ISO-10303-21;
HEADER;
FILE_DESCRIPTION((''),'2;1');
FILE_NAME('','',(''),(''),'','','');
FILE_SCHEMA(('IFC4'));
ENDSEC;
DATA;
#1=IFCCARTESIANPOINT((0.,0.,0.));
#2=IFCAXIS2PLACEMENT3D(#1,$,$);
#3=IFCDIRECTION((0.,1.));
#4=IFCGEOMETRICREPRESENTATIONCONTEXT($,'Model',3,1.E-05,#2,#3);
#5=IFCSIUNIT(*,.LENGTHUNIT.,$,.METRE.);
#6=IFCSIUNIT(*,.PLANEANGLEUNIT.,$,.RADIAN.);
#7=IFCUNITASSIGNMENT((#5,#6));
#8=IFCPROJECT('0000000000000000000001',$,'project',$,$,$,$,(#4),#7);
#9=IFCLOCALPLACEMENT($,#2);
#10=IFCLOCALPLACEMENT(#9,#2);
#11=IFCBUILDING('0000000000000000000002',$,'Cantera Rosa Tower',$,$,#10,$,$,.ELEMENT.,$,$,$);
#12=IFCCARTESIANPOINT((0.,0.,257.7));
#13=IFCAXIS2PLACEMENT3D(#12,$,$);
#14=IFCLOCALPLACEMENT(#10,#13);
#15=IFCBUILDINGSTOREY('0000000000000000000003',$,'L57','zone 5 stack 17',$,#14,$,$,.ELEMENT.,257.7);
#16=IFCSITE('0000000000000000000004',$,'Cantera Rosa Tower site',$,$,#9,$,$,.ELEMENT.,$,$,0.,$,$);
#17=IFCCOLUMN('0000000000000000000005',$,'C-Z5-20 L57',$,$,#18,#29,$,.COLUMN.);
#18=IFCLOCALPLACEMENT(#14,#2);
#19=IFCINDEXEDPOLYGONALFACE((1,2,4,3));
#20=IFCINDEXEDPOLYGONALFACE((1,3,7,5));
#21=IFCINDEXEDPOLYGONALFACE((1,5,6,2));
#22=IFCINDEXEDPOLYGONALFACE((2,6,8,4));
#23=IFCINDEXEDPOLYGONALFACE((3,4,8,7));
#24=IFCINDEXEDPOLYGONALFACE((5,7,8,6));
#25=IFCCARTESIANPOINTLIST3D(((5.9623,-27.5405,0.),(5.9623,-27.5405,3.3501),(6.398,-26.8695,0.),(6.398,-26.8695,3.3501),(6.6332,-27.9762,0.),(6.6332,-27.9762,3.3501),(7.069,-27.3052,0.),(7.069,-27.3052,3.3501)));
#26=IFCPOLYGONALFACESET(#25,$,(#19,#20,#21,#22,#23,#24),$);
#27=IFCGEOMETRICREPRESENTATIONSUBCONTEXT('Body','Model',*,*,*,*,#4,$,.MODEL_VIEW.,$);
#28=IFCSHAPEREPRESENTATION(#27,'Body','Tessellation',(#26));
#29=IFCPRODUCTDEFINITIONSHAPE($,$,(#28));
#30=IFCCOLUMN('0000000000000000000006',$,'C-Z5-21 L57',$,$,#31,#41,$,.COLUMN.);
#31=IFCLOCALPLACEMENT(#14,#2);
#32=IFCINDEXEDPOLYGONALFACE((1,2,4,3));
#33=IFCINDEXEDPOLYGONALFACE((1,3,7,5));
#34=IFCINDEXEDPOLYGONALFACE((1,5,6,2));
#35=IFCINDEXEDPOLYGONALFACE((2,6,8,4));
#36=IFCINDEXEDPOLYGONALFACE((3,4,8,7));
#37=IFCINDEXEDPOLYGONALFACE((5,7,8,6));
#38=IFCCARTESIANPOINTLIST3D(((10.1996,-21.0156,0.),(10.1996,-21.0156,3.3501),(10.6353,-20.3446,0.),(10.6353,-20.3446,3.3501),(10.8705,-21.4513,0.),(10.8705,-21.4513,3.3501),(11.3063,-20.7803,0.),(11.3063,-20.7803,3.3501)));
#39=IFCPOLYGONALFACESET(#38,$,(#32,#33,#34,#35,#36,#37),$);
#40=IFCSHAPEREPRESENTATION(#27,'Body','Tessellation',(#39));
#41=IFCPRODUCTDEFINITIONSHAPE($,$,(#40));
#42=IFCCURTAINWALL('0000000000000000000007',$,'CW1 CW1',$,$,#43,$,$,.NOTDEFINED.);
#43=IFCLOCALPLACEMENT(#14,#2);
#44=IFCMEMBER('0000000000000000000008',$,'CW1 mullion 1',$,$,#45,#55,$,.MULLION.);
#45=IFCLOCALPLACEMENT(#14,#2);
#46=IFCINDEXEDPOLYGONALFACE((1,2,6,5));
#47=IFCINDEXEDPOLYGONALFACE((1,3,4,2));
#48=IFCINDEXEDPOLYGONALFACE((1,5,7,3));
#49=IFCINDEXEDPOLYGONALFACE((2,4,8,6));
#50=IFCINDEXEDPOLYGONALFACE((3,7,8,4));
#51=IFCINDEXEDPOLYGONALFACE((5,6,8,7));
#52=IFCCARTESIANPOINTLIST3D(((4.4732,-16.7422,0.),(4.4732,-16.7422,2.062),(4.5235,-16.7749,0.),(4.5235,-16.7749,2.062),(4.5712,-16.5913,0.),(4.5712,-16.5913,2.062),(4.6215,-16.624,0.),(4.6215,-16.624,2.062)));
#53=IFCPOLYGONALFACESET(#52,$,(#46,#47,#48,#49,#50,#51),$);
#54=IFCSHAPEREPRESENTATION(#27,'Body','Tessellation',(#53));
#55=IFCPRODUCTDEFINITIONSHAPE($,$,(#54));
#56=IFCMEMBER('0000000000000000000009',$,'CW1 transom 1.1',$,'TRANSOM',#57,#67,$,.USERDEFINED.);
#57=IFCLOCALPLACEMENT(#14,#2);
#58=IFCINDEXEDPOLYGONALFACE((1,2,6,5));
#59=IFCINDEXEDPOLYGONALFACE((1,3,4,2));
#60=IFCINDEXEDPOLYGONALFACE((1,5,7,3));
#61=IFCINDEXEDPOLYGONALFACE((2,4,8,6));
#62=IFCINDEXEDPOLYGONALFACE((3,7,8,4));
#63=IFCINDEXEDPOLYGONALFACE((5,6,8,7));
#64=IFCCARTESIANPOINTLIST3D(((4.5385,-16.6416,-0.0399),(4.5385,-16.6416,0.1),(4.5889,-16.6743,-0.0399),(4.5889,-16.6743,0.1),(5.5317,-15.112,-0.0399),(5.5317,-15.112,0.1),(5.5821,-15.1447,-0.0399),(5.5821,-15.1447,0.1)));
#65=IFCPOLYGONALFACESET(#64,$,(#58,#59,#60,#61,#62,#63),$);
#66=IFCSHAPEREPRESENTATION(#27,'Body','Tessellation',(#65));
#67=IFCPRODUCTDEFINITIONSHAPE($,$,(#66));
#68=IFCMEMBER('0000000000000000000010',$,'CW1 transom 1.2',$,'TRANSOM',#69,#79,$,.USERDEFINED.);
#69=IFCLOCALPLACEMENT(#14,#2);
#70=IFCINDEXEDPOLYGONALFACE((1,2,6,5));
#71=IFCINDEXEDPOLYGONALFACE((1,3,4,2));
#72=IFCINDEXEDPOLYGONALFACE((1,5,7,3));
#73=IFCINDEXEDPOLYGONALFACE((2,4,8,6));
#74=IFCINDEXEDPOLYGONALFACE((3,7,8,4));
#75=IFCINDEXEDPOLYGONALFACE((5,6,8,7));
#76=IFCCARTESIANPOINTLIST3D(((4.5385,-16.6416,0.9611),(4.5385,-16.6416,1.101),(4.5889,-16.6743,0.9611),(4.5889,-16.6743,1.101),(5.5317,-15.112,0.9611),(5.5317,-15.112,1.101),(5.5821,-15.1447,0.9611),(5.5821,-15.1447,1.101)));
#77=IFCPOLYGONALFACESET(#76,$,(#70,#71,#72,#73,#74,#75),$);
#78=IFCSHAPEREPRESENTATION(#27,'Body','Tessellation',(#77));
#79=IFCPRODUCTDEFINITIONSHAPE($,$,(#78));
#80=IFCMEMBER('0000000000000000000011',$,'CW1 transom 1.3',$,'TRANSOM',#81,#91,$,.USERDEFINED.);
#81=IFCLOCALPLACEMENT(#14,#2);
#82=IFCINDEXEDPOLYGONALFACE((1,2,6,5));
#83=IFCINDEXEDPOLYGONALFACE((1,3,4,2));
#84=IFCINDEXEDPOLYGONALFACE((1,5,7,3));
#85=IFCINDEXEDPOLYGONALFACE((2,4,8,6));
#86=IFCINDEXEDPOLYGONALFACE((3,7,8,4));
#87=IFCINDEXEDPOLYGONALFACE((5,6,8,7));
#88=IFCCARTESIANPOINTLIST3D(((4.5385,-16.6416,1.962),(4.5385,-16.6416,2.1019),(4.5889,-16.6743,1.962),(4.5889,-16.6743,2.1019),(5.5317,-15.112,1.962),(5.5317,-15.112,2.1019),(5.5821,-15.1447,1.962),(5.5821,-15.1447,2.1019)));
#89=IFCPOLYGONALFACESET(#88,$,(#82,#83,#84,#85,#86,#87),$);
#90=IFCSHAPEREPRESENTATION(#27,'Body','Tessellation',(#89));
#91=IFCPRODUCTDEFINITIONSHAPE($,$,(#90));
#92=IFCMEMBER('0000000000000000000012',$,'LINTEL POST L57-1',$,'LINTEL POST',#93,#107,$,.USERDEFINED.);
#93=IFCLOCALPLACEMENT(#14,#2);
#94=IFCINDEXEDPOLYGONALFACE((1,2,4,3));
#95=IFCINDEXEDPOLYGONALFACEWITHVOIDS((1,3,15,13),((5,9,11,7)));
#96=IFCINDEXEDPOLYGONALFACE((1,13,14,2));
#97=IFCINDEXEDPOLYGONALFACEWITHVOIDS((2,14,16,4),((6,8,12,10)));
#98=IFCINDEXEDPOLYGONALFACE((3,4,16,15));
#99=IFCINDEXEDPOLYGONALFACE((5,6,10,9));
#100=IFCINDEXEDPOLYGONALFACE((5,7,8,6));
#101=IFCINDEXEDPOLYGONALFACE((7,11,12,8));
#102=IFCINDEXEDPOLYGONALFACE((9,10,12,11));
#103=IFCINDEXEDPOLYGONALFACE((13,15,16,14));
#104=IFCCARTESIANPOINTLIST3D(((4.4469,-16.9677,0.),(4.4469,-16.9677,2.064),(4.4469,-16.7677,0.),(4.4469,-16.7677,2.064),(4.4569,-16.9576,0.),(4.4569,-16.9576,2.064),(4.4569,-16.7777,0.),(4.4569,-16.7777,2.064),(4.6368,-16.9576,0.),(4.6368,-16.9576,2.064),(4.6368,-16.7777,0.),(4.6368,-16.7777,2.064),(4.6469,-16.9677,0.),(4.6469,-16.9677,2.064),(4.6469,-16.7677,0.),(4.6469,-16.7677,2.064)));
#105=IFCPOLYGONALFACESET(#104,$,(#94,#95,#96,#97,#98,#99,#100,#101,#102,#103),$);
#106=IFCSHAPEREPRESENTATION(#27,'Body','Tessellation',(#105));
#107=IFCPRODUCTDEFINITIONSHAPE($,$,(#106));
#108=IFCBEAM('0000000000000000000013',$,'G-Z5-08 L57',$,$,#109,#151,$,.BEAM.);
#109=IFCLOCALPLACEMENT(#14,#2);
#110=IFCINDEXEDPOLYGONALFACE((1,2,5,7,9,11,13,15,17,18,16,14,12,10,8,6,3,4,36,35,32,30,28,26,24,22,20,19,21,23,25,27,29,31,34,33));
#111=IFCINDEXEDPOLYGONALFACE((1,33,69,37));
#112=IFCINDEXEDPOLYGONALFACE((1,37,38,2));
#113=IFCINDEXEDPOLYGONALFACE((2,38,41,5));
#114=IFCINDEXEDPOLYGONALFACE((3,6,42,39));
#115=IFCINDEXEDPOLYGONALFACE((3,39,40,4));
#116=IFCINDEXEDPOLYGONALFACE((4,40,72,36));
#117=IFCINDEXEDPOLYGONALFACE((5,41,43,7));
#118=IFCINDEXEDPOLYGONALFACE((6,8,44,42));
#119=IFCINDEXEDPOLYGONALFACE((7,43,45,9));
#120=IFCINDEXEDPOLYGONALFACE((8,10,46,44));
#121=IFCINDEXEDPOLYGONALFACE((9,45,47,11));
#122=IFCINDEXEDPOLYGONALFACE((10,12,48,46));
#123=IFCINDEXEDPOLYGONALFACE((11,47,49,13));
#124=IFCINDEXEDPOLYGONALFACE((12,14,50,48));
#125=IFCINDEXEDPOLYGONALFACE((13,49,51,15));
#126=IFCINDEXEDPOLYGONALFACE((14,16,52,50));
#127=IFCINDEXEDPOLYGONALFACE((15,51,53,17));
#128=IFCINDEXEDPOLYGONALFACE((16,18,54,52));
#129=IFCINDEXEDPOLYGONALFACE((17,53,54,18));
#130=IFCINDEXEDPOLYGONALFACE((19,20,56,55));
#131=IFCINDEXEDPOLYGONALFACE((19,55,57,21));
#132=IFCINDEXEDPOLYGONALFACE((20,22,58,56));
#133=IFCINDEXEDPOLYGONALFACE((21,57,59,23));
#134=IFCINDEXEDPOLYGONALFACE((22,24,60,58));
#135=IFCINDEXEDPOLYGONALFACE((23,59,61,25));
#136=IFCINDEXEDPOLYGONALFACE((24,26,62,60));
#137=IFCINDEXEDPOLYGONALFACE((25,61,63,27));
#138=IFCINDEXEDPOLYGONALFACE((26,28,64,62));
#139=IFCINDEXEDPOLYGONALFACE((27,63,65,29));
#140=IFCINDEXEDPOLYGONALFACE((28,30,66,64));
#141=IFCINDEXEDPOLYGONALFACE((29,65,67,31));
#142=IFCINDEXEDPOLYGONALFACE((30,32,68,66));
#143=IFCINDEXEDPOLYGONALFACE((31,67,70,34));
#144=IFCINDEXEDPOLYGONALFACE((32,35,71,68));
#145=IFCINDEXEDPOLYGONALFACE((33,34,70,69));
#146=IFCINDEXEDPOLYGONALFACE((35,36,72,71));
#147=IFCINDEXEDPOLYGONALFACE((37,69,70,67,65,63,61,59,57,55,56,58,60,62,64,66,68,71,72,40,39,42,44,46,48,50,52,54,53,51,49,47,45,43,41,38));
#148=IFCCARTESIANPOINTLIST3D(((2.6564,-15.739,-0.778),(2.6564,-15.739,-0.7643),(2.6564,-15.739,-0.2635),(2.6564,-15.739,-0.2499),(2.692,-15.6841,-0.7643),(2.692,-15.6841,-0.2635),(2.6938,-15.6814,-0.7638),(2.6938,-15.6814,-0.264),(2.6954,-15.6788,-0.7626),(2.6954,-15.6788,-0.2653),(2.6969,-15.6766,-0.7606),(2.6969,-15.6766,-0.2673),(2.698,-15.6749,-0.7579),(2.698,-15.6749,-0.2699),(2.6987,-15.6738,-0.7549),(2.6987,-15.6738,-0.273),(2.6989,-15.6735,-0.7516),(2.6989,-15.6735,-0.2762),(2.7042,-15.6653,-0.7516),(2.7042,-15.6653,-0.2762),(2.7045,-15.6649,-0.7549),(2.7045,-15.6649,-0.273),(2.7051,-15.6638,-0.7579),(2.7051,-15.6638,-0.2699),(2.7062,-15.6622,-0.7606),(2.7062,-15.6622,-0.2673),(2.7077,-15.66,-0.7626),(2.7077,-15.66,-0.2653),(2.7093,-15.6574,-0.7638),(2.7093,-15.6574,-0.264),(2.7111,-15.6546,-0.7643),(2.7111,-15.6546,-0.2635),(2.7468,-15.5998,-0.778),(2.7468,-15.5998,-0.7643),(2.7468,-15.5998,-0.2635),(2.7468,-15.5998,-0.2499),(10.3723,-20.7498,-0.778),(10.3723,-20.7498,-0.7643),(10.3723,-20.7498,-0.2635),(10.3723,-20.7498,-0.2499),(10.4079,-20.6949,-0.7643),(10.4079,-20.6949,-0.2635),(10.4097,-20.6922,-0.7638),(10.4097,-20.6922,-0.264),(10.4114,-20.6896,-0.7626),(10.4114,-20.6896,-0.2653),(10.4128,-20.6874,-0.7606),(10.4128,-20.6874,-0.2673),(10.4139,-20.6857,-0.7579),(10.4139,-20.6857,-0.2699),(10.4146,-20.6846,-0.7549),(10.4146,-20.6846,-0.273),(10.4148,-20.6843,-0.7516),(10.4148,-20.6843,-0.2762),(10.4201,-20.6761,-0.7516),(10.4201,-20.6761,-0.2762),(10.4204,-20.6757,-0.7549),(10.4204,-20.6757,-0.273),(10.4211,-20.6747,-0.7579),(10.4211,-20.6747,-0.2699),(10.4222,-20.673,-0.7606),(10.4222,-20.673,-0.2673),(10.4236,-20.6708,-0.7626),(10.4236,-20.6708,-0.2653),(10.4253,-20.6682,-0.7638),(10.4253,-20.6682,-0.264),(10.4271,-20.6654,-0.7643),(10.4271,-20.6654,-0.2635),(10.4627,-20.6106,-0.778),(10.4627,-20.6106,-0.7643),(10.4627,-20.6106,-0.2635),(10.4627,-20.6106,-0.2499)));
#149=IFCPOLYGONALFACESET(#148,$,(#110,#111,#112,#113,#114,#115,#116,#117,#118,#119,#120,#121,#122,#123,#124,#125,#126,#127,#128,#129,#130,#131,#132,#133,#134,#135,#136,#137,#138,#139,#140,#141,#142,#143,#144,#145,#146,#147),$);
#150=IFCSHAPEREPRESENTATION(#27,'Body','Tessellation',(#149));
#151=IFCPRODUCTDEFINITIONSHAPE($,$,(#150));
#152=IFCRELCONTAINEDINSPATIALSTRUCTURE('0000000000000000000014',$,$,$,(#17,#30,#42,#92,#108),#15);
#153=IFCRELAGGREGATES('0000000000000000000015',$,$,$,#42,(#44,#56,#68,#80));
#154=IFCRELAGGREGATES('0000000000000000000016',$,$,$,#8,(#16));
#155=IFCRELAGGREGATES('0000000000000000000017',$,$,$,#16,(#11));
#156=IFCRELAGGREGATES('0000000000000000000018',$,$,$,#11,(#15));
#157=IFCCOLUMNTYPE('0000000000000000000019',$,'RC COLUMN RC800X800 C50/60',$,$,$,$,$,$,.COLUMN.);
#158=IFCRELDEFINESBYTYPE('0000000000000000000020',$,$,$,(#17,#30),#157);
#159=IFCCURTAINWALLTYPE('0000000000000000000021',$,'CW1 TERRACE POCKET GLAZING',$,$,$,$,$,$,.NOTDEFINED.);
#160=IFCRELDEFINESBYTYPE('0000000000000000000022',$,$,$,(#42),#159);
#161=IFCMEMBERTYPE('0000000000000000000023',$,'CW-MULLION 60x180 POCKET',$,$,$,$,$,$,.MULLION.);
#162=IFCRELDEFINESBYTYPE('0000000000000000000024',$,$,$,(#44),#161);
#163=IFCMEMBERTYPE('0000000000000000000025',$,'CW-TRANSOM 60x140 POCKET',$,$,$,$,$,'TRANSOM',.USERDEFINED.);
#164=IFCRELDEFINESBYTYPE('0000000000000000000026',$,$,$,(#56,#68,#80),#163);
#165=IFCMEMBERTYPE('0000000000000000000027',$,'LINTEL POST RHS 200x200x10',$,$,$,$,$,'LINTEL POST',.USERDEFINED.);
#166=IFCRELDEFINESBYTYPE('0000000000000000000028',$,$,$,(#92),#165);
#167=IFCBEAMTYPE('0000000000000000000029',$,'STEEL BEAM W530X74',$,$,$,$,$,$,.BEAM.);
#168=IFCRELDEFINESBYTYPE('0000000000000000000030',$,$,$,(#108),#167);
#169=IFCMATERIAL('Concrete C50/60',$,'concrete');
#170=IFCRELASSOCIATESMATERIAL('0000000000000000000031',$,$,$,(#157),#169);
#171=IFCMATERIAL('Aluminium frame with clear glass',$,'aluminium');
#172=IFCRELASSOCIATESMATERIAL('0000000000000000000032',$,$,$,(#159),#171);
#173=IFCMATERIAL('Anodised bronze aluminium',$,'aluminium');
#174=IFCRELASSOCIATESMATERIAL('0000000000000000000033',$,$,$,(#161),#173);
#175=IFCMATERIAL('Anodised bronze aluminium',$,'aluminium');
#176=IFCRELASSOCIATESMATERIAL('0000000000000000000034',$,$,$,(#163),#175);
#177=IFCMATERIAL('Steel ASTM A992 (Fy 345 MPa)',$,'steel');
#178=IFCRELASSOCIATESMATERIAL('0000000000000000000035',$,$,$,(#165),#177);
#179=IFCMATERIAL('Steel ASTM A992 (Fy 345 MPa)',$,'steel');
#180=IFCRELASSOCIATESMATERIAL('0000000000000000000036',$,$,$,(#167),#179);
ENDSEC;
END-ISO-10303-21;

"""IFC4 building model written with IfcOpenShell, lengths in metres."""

from ifc_helpers import new_model, si_unit, direction, frame, origin, origin_2d, place, context, subcontext, project, spatial, rectangle, hollow_rectangle, i_section, extrude, material, material_profile, profile_set, type_object, element, aggregate, save


model = new_model("IFC4")

# Units and contexts
model_context = context("Model", 3, precision=1e-05, world=origin(), true_north=direction((0.0, 1.0)))
body_context = subcontext(model_context, "Body", "Model", "MODEL_VIEW")
ifc_project = project(units=[si_unit("LENGTHUNIT", "METRE"), si_unit("PLANEANGLEUNIT", "RADIAN")], contexts=[model_context])

# Site, building, storey
site_placement = place(None, origin())
site = spatial("IfcSite", under=ifc_project, at=site_placement, Name="Cantera Rosa Tower site", CompositionType="ELEMENT", RefElevation=0.0)
building_placement = place(site_placement, origin())
building = spatial("IfcBuilding", under=site, at=building_placement, Name="Cantera Rosa Tower", CompositionType="ELEMENT")
storey_placement = place(building_placement, frame((0.0, 0.0, 257.7)))
storey = spatial("IfcBuildingStorey", under=building, at=storey_placement, Name="L57", Description="zone 5 stack 17", CompositionType="ELEMENT", Elevation=257.7)

# Columns
ifc_material_1 = material(Name="Concrete C50/60", Category="concrete")
ifc_material_profile_1 = material_profile(ifc_material_1, rectangle(XDim=0.8, YDim=0.8, at=origin_2d()), Name="RC COLUMN RC800X800 C50/60")
ifc_profile_set_1 = profile_set([ifc_material_profile_1], Name="Concrete C50/60")
column_type = type_object("IfcColumnType", Name="RC COLUMN RC800X800 C50/60", PredefinedType="COLUMN", material=ifc_profile_set_1)
for number, where, z_axis, x_axis, name in (
    (1, (6.5156, -27.4229, 0.0), (0.0, 0.0, 1.0), (0.544639, 0.838671, 0.0), "C-Z5-20 L57"),
    (2, (10.7529, -20.8979, 0.0), (0.0, 0.0, 1.0), (0.544639, 0.838671, 0.0), "C-Z5-21 L57"),
):
    element("IfcColumn", number, at=place(storey_placement, frame(where, z_axis=z_axis, x_axis=x_axis)), inside=storey, type_object=column_type, Name=name, PredefinedType="COLUMN", context=body_context, shape_type="SweptSolid", body=[
        extrude(rectangle(XDim=0.8, YDim=0.8, at=origin_2d()), origin(), (0.0, 0.0, 1.0), 3.3501),
    ])

# Curtain wall, members
ifc_material_2 = material(Name="Aluminium frame with clear glass", Category="aluminium")
curtain_wall_type = type_object("IfcCurtainWallType", Name="CW1 TERRACE POCKET GLAZING", PredefinedType="NOTDEFINED", material=ifc_material_2)
curtain_wall_placement = place(storey_placement, origin())
curtain_wall = element("IfcCurtainWall", 3, at=curtain_wall_placement, inside=storey, type_object=curtain_wall_type, Name="CW1 CW1", PredefinedType="NOTDEFINED")
ifc_material_3 = material(Name="Anodised bronze aluminium", Category="aluminium")
ifc_material_profile_2 = material_profile(ifc_material_3, rectangle(XDim=0.0601, YDim=0.1799, at=origin_2d()), Name="CW-MULLION 60x180 POCKET")
ifc_profile_set_2 = profile_set([ifc_material_profile_2], Name="Anodised bronze aluminium")
member_type_1 = type_object("IfcMemberType", Name="CW-MULLION 60x180 POCKET", PredefinedType="MULLION", material=ifc_profile_set_2)
member_1_placement = place(storey_placement, frame((4.5474, -16.6831, 0.0), z_axis=(0.0, 0.0, 1.0), x_axis=(-0.838671, 0.544639, 0.0)))
member_1 = element("IfcMember", 4, at=member_1_placement, type_object=member_type_1, Name="CW1 mullion 1", PredefinedType="MULLION", context=body_context, shape_type="SweptSolid", body=[
    extrude(rectangle(XDim=0.0601, YDim=0.1799, at=origin_2d()), origin(), (0.0, 0.0, 1.0), 2.062),
])
ifc_material_4 = material(Name="Anodised bronze aluminium", Category="aluminium")
ifc_material_profile_3 = material_profile(ifc_material_4, rectangle(XDim=0.0601, YDim=0.1399, at=origin_2d()), Name="CW-TRANSOM 60x140 POCKET")
ifc_profile_set_3 = profile_set([ifc_material_profile_3], Name="Anodised bronze aluminium")
member_type_2 = type_object("IfcMemberType", Name="CW-TRANSOM 60x140 POCKET", ElementType="TRANSOM", PredefinedType="USERDEFINED", material=ifc_profile_set_3)
member_2_placement = place(storey_placement, frame((4.5637, -16.658, 0.03), z_axis=(0.544588, 0.838703, 0.0), x_axis=(-0.838703, 0.544588, 0.0)))
member_2 = element("IfcMember", 5, at=member_2_placement, type_object=member_type_2, Name="CW1 transom 1.1", ObjectType="TRANSOM", PredefinedType="USERDEFINED", context=body_context, shape_type="SweptSolid", body=[
    extrude(rectangle(XDim=0.0601, YDim=0.1399, at=origin_2d()), origin(), (0.0, 0.0, 1.0), 1.8237),
])
member_3_placement = place(storey_placement, frame((4.5637, -16.658, 1.031), z_axis=(0.544588, 0.838703, 0.0), x_axis=(-0.838703, 0.544588, 0.0)))
member_3 = element("IfcMember", 6, at=member_3_placement, type_object=member_type_2, Name="CW1 transom 1.2", ObjectType="TRANSOM", PredefinedType="USERDEFINED", context=body_context, shape_type="SweptSolid", body=[
    extrude(rectangle(XDim=0.0601, YDim=0.1399, at=origin_2d()), origin(), (0.0, 0.0, 1.0), 1.8237),
])
member_4_placement = place(storey_placement, frame((4.5637, -16.658, 2.032), z_axis=(0.544588, 0.838703, 0.0), x_axis=(-0.838703, 0.544588, 0.0)))
member_4 = element("IfcMember", 7, at=member_4_placement, type_object=member_type_2, Name="CW1 transom 1.3", ObjectType="TRANSOM", PredefinedType="USERDEFINED", context=body_context, shape_type="SweptSolid", body=[
    extrude(rectangle(XDim=0.0601, YDim=0.1399, at=origin_2d()), origin(), (0.0, 0.0, 1.0), 1.8237),
])

# Member
ifc_material_5 = material(Name="Steel ASTM A992 (Fy 345 MPa)", Category="steel")
ifc_material_profile_4 = material_profile(ifc_material_5, hollow_rectangle(XDim=0.2, YDim=0.2, WallThickness=0.01, at=origin_2d()), Name="LINTEL POST RHS 200x200x10")
ifc_profile_set_4 = profile_set([ifc_material_profile_4], Name="Steel ASTM A992 (Fy 345 MPa)")
member_type_3 = type_object("IfcMemberType", Name="LINTEL POST RHS 200x200x10", ElementType="LINTEL POST", PredefinedType="USERDEFINED", material=ifc_profile_set_4)
member_5_placement = place(storey_placement, frame((4.5469, -16.8677, 0.0), z_axis=(0.0, 0.0, 1.0), x_axis=(1.0, 0.0, 0.0)))
element("IfcMember", 8, at=member_5_placement, inside=storey, type_object=member_type_3, Name="LINTEL POST L57-1", ObjectType="LINTEL POST", PredefinedType="USERDEFINED", context=body_context, shape_type="SweptSolid", body=[
    extrude(hollow_rectangle(XDim=0.2, YDim=0.2, WallThickness=0.01, at=origin_2d()), origin(), (0.0, 0.0, 1.0), 2.064),
])

# Beam
ifc_material_6 = material(Name="Steel ASTM A992 (Fy 345 MPa)", Category="steel")
ifc_material_profile_5 = material_profile(ifc_material_6, i_section(OverallWidth=0.166, OverallDepth=0.5281, WebThickness=0.0098, FlangeThickness=0.0137, FilletRadius=0.0127, at=origin_2d()), Name="W530X74")
ifc_profile_set_5 = profile_set([ifc_material_profile_5], Name="Steel ASTM A992 (Fy 345 MPa)")
beam_type_1 = type_object("IfcBeamType", Name="STEEL BEAM W530X74", PredefinedType="BEAM", material=ifc_profile_set_5)
beam_1_placement = place(storey_placement, frame((10.4175, -20.6802, -0.5139), z_axis=(-0.838669, 0.544641, 0.0), x_axis=(-0.544641, -0.838669, 0.0)))
element("IfcBeam", 9, at=beam_1_placement, inside=storey, type_object=beam_type_1, Name="G-Z5-08 L57", PredefinedType="BEAM", context=body_context, shape_type="SweptSolid", body=[
    extrude(i_section(OverallWidth=0.166, OverallDepth=0.5281, WebThickness=0.0098, FlangeThickness=0.0137, FilletRadius=0.0127, at=origin_2d()), origin(), (0.0, 0.0, 1.0), 9.2002),
])

aggregate(curtain_wall, [member_1, member_2, member_3, member_4])

save(model, "model.ifc")
